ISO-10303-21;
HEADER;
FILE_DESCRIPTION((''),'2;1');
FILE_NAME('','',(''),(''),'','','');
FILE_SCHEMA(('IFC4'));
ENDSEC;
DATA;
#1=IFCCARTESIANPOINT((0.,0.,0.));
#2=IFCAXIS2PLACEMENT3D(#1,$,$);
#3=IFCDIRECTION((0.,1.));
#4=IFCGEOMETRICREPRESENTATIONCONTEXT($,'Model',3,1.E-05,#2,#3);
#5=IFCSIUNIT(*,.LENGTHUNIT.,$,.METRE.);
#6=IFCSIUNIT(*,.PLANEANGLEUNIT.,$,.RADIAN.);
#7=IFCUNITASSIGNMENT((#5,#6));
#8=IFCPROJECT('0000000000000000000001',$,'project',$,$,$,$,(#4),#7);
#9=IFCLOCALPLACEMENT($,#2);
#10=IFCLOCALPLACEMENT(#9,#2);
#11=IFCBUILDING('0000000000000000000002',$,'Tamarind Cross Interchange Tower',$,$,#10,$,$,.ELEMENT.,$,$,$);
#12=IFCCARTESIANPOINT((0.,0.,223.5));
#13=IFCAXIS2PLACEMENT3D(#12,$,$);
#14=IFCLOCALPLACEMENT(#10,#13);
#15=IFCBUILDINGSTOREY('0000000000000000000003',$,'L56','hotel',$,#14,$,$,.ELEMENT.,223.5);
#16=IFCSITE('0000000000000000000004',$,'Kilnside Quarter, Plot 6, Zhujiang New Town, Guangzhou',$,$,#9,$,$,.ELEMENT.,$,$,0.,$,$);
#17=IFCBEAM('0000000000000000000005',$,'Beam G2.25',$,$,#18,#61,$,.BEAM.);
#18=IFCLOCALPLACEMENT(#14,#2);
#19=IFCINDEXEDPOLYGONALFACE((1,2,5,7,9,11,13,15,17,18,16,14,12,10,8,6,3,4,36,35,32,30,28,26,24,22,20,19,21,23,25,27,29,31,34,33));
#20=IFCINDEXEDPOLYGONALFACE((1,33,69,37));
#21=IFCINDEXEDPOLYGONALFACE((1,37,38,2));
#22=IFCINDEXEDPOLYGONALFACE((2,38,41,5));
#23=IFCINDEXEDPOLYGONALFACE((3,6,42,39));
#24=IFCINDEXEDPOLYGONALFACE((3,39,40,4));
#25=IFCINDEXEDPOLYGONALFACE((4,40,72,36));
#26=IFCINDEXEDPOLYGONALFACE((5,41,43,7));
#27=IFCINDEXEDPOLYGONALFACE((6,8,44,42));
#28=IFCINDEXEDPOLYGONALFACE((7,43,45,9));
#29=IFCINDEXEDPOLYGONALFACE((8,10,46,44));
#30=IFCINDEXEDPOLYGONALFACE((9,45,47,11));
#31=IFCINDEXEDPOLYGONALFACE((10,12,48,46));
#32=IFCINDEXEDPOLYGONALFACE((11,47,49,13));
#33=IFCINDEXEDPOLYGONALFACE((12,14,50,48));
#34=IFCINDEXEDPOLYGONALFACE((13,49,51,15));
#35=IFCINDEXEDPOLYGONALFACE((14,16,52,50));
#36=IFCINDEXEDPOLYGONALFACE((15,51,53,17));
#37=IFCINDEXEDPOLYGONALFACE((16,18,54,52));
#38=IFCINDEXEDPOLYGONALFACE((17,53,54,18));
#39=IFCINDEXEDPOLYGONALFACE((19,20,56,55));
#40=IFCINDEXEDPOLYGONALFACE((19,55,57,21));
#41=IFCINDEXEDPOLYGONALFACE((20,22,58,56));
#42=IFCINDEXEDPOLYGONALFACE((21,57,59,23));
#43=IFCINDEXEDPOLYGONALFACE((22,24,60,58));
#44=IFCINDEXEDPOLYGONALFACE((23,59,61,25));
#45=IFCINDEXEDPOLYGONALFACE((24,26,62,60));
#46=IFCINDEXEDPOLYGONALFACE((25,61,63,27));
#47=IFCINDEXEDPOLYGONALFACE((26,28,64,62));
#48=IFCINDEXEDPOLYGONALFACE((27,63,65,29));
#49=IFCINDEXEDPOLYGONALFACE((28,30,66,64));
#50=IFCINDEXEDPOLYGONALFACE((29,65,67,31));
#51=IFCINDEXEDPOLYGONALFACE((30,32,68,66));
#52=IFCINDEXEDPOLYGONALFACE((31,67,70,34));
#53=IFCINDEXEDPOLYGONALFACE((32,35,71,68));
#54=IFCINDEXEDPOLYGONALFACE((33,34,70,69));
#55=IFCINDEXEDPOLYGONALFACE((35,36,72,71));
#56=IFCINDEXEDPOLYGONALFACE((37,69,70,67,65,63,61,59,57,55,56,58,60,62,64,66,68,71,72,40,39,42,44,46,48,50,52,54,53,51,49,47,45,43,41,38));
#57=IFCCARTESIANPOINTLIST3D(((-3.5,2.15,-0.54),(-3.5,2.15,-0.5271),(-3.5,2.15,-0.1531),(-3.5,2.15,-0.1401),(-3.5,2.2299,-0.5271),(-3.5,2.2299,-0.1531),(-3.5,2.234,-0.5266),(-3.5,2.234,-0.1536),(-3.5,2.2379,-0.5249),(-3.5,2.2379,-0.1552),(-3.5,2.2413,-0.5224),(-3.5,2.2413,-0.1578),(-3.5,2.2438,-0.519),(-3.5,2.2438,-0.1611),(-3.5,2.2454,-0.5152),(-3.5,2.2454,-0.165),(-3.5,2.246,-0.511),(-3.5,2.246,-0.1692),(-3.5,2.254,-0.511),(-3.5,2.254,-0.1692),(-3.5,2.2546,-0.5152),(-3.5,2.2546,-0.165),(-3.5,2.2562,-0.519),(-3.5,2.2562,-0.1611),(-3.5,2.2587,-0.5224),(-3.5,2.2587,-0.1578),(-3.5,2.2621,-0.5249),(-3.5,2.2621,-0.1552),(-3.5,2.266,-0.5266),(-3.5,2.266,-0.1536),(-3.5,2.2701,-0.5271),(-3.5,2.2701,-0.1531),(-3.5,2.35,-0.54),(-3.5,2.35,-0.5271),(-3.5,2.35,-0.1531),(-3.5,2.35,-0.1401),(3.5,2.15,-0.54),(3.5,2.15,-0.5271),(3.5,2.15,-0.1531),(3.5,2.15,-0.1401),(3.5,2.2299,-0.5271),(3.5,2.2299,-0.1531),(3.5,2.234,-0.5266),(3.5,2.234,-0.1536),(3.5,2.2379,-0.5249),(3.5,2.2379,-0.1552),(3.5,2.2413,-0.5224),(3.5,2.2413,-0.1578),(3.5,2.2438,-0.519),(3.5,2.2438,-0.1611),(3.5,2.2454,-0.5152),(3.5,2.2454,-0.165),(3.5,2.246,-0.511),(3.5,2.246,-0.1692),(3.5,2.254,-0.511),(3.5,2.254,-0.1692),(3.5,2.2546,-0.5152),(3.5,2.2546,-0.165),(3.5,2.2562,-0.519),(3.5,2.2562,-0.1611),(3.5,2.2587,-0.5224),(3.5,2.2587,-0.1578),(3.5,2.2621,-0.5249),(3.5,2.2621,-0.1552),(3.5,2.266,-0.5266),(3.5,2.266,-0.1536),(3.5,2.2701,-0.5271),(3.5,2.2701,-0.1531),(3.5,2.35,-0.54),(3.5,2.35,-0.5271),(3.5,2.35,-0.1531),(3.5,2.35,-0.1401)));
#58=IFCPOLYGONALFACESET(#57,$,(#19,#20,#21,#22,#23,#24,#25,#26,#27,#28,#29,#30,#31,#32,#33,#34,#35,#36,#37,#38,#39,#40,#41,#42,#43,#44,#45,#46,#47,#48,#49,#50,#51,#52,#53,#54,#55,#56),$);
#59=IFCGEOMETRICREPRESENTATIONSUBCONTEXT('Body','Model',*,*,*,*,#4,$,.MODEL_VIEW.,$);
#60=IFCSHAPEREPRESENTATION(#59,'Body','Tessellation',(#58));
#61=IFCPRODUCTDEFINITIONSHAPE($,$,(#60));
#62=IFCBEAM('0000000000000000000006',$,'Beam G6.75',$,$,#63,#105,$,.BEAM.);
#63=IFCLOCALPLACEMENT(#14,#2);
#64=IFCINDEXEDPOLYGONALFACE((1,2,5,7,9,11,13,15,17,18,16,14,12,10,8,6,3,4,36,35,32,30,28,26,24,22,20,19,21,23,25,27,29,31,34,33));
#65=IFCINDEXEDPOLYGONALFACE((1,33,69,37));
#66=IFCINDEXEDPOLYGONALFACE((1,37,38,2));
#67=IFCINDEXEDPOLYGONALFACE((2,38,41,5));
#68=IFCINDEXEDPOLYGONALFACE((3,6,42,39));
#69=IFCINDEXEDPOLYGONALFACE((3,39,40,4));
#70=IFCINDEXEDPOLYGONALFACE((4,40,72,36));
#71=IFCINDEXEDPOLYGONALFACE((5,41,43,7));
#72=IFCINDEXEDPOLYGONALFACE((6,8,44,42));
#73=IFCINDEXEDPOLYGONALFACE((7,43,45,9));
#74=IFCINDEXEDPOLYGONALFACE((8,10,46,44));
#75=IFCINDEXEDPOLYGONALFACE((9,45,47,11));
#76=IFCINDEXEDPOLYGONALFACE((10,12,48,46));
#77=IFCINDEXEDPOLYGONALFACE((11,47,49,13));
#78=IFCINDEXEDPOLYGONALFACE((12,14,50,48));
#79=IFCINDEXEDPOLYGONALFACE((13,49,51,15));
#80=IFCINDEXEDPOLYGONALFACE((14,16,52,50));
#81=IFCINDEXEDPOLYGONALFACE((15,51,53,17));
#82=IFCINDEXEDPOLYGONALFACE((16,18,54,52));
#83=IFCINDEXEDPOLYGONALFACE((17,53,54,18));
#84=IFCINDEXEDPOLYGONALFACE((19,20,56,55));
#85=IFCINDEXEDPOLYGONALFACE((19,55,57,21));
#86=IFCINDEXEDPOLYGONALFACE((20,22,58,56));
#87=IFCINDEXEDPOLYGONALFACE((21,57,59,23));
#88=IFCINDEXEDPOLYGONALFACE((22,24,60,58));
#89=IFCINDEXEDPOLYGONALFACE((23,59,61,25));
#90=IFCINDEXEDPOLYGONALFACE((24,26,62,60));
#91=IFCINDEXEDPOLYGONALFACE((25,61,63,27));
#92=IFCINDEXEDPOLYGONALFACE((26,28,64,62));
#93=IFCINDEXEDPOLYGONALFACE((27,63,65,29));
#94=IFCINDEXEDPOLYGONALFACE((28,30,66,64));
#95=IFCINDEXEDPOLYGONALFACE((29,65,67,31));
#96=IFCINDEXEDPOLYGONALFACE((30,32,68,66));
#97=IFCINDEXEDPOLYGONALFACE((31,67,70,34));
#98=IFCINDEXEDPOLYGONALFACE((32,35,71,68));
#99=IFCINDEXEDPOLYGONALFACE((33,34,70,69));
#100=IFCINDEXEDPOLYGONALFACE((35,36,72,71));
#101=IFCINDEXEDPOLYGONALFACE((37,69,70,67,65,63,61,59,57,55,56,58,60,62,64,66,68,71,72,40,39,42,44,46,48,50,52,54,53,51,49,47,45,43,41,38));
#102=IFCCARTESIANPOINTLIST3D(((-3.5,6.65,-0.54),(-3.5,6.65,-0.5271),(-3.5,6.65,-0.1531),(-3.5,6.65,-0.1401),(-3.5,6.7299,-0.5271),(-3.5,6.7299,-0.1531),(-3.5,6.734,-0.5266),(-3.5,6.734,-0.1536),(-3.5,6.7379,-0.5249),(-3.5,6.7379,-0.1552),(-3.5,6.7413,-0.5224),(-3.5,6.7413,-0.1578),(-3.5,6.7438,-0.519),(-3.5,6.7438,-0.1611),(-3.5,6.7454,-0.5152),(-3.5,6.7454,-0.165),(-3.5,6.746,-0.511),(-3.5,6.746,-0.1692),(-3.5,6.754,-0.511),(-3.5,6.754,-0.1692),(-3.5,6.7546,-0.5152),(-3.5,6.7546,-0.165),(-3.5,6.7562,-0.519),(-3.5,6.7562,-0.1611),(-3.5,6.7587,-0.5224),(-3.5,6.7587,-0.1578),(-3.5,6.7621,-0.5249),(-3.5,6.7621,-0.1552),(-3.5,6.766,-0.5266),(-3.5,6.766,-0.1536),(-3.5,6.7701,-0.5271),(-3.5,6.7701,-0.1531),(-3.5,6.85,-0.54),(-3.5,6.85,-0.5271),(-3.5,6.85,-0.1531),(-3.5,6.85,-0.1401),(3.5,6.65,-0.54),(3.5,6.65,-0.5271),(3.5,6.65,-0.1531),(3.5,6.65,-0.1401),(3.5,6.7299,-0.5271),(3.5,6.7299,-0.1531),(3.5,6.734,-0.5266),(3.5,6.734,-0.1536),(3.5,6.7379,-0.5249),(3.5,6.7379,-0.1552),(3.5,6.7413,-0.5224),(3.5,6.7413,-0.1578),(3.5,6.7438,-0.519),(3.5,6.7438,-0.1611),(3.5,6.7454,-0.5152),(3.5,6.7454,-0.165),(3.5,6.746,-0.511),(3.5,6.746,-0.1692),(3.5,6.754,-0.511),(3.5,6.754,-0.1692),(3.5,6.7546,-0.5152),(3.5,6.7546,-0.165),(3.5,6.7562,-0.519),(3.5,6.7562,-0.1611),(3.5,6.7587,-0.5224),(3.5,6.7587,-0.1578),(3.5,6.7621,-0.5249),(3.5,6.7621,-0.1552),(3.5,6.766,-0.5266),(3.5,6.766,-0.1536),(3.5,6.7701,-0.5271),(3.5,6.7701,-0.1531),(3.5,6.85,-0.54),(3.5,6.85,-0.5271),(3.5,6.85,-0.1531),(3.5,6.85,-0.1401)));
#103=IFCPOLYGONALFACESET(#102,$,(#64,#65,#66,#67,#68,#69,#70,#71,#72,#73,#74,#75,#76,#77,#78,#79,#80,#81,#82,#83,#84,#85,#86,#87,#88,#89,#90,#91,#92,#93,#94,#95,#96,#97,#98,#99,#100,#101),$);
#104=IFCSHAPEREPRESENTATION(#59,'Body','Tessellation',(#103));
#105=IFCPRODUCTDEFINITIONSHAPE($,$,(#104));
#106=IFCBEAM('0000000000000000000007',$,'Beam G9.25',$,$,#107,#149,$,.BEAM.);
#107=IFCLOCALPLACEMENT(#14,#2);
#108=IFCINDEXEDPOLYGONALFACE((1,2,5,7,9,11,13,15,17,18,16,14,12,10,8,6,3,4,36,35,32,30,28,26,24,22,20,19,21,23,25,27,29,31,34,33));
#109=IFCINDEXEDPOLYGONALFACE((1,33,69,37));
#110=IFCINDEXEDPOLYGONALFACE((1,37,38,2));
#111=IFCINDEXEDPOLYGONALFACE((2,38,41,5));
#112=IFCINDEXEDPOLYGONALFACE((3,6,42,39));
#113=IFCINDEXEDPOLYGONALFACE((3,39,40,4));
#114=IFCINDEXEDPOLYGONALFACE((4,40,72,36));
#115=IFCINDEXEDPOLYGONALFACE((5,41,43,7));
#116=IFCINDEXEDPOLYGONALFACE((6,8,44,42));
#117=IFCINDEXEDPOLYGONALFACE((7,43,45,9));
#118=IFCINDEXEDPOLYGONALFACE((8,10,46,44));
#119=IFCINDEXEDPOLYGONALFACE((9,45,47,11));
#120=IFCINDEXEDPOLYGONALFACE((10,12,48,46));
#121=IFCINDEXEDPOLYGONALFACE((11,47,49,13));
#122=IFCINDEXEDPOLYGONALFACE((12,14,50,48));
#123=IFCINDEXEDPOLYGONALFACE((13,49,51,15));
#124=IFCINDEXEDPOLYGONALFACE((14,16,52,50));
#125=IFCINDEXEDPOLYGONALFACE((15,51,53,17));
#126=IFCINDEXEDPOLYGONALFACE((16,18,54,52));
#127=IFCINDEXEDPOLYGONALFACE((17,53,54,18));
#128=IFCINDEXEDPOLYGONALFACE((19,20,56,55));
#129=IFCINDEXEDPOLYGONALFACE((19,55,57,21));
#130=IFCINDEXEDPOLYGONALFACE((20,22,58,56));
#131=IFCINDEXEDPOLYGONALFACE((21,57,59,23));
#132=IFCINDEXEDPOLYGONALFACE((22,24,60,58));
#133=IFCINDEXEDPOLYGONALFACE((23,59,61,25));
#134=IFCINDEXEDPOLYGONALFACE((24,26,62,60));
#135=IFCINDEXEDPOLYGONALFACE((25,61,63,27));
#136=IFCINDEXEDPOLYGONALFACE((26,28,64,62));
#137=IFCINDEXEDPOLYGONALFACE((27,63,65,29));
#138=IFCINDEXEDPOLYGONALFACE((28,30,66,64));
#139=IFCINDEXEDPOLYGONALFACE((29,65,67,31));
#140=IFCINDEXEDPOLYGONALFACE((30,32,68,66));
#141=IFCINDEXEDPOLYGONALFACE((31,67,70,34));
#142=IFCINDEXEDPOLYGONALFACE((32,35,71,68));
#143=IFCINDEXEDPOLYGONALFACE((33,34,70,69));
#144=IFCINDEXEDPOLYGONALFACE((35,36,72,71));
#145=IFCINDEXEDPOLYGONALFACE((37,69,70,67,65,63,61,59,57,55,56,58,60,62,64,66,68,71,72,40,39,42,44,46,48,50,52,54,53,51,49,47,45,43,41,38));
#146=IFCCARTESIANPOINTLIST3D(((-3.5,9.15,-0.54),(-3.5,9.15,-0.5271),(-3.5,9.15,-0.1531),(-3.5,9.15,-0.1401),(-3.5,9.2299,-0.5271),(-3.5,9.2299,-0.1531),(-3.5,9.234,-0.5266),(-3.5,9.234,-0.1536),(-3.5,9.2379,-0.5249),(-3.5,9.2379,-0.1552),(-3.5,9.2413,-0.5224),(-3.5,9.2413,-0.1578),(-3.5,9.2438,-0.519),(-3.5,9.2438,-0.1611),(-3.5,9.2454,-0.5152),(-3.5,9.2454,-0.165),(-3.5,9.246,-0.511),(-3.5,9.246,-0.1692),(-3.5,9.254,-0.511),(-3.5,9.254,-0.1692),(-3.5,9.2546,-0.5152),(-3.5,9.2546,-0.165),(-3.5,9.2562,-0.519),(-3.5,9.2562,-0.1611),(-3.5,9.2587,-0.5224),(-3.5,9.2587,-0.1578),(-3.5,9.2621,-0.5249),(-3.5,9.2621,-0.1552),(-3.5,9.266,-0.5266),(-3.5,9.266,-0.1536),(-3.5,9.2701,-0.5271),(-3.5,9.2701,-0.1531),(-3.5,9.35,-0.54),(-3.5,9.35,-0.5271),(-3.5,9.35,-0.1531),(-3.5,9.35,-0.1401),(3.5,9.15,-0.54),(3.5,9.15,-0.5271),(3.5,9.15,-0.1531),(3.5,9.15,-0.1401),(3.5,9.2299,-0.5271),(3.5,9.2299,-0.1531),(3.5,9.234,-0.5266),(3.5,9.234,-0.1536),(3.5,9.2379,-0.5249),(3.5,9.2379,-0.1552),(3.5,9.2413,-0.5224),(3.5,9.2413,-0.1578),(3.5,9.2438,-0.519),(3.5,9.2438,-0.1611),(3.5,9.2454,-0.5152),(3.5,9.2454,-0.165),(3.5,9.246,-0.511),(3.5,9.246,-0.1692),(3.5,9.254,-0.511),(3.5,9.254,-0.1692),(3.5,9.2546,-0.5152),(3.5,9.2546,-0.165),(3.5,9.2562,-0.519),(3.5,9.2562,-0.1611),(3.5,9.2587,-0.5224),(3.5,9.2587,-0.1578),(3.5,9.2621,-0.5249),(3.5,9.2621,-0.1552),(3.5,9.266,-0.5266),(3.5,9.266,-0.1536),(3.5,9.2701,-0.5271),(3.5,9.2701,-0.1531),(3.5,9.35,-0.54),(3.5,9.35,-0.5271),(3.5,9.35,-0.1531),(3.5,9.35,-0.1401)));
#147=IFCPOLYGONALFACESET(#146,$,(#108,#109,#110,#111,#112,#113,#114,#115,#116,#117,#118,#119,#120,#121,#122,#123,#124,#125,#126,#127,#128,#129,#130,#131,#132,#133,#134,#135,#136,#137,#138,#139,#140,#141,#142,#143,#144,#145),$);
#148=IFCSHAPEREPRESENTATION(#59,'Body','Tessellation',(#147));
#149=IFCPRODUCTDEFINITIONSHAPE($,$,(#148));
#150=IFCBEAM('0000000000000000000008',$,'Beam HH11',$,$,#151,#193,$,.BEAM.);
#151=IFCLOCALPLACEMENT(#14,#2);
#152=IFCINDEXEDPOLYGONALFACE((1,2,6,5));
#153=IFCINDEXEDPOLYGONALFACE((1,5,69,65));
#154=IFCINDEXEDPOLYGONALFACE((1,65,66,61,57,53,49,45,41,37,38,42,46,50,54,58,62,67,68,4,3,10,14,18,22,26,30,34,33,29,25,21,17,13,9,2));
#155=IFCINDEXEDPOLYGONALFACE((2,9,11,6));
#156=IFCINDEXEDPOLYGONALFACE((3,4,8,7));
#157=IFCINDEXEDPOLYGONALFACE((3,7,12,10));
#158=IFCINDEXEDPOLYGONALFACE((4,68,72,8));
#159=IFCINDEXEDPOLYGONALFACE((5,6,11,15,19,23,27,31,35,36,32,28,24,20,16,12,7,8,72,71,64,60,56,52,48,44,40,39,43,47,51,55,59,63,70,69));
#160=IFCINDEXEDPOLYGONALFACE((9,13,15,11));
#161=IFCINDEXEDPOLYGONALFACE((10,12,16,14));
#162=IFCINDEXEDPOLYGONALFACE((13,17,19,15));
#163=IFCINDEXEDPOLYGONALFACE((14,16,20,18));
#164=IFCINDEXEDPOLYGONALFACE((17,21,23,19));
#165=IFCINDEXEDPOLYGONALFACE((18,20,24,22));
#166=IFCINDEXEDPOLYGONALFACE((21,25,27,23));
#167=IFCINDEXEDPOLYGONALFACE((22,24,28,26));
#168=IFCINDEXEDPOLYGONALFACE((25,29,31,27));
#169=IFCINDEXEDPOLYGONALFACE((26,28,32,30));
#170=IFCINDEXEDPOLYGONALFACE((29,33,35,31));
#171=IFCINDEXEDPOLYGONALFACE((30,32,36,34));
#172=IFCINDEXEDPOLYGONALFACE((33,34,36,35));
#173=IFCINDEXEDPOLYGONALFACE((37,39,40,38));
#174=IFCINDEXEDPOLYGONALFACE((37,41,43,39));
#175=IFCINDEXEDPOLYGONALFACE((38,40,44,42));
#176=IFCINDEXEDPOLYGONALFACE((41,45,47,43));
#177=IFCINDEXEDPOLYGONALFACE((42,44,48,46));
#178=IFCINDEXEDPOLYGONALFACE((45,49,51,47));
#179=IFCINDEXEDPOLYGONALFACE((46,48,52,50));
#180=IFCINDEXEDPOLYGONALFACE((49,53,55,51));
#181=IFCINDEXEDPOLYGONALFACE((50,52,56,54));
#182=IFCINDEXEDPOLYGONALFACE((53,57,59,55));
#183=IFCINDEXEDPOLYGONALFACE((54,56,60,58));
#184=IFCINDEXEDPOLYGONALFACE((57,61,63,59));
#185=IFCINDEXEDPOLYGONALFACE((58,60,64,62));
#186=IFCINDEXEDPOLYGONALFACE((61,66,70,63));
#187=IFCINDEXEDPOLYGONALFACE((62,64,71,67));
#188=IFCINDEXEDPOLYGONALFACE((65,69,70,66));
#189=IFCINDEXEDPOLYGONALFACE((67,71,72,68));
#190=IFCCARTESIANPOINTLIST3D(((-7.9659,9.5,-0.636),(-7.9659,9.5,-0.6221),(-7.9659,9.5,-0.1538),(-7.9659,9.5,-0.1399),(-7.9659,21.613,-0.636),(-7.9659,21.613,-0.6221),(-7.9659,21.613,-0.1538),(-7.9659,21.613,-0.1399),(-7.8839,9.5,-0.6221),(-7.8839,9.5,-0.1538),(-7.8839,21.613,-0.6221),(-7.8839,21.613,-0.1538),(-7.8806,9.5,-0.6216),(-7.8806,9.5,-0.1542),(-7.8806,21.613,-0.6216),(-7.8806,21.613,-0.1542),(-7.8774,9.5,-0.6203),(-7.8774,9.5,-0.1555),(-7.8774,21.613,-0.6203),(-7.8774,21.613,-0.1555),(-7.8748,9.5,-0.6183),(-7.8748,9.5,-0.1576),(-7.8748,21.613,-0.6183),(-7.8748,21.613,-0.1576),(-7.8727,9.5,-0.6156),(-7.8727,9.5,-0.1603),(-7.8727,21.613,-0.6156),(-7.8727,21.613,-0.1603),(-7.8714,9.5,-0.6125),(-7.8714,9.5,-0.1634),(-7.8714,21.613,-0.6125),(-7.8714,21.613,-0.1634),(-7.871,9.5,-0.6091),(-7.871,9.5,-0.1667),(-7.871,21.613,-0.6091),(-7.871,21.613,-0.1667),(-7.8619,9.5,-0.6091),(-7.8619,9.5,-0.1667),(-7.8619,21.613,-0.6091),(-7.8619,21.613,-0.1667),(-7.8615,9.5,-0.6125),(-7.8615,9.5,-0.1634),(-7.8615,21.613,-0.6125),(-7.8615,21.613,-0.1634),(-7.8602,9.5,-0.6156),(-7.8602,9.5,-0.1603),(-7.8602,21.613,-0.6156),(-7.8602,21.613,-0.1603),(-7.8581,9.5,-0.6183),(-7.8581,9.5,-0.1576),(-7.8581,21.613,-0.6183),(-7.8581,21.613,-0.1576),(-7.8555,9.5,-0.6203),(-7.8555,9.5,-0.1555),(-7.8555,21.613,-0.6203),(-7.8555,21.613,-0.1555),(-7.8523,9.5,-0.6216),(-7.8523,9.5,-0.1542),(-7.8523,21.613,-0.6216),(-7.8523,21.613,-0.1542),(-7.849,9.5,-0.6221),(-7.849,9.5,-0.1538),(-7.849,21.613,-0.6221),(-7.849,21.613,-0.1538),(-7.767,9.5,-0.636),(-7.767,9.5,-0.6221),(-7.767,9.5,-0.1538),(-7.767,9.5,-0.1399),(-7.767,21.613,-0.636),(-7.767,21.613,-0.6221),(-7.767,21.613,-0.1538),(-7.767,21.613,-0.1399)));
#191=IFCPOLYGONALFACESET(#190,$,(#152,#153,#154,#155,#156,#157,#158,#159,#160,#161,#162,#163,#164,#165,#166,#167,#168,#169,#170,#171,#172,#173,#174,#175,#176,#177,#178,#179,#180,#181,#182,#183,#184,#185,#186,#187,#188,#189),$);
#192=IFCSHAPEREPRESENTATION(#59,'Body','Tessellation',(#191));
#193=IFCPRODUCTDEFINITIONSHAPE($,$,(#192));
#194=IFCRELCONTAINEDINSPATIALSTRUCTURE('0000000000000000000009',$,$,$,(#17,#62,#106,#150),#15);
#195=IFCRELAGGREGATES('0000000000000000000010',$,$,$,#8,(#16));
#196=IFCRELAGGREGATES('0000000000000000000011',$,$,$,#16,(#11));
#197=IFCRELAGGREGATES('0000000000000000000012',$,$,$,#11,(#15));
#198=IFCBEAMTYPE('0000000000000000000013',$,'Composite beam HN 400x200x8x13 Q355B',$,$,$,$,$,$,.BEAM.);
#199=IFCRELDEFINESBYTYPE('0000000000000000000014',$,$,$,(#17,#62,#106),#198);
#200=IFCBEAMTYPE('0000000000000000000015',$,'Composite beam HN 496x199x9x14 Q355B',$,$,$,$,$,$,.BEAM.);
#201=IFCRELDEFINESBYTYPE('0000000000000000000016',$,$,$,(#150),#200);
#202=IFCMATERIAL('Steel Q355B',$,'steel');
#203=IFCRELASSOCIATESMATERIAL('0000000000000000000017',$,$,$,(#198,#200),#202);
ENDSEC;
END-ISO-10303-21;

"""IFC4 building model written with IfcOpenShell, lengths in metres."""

from ifc_helpers import new_model, si_unit, direction, frame, origin, origin_2d, place, context, subcontext, project, spatial, i_section, extrude, material, material_profile, profile_set, type_object, element, save


model = new_model("IFC4")

# Units and contexts
model_context = context("Model", 3, precision=1e-05, world=origin(), true_north=direction((0.0, 1.0)))
body_context = subcontext(model_context, "Body", "Model", "MODEL_VIEW")
ifc_project = project(units=[si_unit("LENGTHUNIT", "METRE"), si_unit("PLANEANGLEUNIT", "RADIAN")], contexts=[model_context])

# Site, building, storey
site_placement = place(None, origin())
site = spatial("IfcSite", under=ifc_project, at=site_placement, Name="Kilnside Quarter, Plot 6, Zhujiang New Town, Guangzhou", CompositionType="ELEMENT", RefElevation=0.0)
building_placement = place(site_placement, origin())
building = spatial("IfcBuilding", under=site, at=building_placement, Name="Tamarind Cross Interchange Tower", CompositionType="ELEMENT")
storey_placement = place(building_placement, frame((0.0, 0.0, 223.5)))
storey = spatial("IfcBuildingStorey", under=building, at=storey_placement, Name="L56", Description="hotel", CompositionType="ELEMENT", Elevation=223.5)

# Beams
ifc_material_1 = material(Name="Steel Q355B", Category="steel")
ifc_material_profile_1 = material_profile(ifc_material_1, i_section(OverallWidth=0.2, OverallDepth=0.3999, WebThickness=0.0081, FlangeThickness=0.0129, FilletRadius=0.0161, at=origin_2d()), Name="HN 400x200x8x13")
ifc_profile_set_1 = profile_set([ifc_material_profile_1], Name="Steel Q355B")
beam_type_1 = type_object("IfcBeamType", Name="Composite beam HN 400x200x8x13 Q355B", PredefinedType="BEAM", material=ifc_profile_set_1)
for number, where, z_axis, x_axis, name in (
    (1, (-3.5, 2.25, -0.3401), (1.0, 0.0, 0.0), (0.0, 1.0, 0.0), "Beam G2.25"),
    (2, (-3.5, 6.75, -0.3401), (1.0, 0.0, 0.0), (0.0, 1.0, 0.0), "Beam G6.75"),
    (3, (-3.5, 9.25, -0.3401), (1.0, 0.0, 0.0), (0.0, 1.0, 0.0), "Beam G9.25"),
):
    element("IfcBeam", number, at=place(storey_placement, frame(where, z_axis=z_axis, x_axis=x_axis)), inside=storey, type_object=beam_type_1, Name=name, PredefinedType="BEAM", context=body_context, shape_type="SweptSolid", body=[
        extrude(i_section(OverallWidth=0.2, OverallDepth=0.3999, WebThickness=0.0081, FlangeThickness=0.0129, FilletRadius=0.0161, at=origin_2d()), origin(), (0.0, 0.0, 1.0), 7.0),
    ])
ifc_material_profile_2 = material_profile(ifc_material_1, i_section(OverallWidth=0.199, OverallDepth=0.4961, WebThickness=0.009, FlangeThickness=0.0139, FilletRadius=0.0129, at=origin_2d()), Name="HN 496x199x9x14")
ifc_profile_set_2 = profile_set([ifc_material_profile_2], Name="Steel Q355B")
beam_type_2 = type_object("IfcBeamType", Name="Composite beam HN 496x199x9x14 Q355B", PredefinedType="BEAM", material=ifc_profile_set_2)
beam_1_placement = place(storey_placement, frame((-7.8665, 21.613, -0.3879), z_axis=(0.0, -1.0, 0.0), x_axis=(1.0, 0.0, 0.0)))
element("IfcBeam", 4, at=beam_1_placement, inside=storey, type_object=beam_type_2, Name="Beam HH11", PredefinedType="BEAM", context=body_context, shape_type="SweptSolid", body=[
    extrude(i_section(OverallWidth=0.199, OverallDepth=0.4961, WebThickness=0.009, FlangeThickness=0.0139, FilletRadius=0.0129, at=origin_2d()), origin(), (0.0, 0.0, 1.0), 12.113),
])

save(model, "model.ifc")
